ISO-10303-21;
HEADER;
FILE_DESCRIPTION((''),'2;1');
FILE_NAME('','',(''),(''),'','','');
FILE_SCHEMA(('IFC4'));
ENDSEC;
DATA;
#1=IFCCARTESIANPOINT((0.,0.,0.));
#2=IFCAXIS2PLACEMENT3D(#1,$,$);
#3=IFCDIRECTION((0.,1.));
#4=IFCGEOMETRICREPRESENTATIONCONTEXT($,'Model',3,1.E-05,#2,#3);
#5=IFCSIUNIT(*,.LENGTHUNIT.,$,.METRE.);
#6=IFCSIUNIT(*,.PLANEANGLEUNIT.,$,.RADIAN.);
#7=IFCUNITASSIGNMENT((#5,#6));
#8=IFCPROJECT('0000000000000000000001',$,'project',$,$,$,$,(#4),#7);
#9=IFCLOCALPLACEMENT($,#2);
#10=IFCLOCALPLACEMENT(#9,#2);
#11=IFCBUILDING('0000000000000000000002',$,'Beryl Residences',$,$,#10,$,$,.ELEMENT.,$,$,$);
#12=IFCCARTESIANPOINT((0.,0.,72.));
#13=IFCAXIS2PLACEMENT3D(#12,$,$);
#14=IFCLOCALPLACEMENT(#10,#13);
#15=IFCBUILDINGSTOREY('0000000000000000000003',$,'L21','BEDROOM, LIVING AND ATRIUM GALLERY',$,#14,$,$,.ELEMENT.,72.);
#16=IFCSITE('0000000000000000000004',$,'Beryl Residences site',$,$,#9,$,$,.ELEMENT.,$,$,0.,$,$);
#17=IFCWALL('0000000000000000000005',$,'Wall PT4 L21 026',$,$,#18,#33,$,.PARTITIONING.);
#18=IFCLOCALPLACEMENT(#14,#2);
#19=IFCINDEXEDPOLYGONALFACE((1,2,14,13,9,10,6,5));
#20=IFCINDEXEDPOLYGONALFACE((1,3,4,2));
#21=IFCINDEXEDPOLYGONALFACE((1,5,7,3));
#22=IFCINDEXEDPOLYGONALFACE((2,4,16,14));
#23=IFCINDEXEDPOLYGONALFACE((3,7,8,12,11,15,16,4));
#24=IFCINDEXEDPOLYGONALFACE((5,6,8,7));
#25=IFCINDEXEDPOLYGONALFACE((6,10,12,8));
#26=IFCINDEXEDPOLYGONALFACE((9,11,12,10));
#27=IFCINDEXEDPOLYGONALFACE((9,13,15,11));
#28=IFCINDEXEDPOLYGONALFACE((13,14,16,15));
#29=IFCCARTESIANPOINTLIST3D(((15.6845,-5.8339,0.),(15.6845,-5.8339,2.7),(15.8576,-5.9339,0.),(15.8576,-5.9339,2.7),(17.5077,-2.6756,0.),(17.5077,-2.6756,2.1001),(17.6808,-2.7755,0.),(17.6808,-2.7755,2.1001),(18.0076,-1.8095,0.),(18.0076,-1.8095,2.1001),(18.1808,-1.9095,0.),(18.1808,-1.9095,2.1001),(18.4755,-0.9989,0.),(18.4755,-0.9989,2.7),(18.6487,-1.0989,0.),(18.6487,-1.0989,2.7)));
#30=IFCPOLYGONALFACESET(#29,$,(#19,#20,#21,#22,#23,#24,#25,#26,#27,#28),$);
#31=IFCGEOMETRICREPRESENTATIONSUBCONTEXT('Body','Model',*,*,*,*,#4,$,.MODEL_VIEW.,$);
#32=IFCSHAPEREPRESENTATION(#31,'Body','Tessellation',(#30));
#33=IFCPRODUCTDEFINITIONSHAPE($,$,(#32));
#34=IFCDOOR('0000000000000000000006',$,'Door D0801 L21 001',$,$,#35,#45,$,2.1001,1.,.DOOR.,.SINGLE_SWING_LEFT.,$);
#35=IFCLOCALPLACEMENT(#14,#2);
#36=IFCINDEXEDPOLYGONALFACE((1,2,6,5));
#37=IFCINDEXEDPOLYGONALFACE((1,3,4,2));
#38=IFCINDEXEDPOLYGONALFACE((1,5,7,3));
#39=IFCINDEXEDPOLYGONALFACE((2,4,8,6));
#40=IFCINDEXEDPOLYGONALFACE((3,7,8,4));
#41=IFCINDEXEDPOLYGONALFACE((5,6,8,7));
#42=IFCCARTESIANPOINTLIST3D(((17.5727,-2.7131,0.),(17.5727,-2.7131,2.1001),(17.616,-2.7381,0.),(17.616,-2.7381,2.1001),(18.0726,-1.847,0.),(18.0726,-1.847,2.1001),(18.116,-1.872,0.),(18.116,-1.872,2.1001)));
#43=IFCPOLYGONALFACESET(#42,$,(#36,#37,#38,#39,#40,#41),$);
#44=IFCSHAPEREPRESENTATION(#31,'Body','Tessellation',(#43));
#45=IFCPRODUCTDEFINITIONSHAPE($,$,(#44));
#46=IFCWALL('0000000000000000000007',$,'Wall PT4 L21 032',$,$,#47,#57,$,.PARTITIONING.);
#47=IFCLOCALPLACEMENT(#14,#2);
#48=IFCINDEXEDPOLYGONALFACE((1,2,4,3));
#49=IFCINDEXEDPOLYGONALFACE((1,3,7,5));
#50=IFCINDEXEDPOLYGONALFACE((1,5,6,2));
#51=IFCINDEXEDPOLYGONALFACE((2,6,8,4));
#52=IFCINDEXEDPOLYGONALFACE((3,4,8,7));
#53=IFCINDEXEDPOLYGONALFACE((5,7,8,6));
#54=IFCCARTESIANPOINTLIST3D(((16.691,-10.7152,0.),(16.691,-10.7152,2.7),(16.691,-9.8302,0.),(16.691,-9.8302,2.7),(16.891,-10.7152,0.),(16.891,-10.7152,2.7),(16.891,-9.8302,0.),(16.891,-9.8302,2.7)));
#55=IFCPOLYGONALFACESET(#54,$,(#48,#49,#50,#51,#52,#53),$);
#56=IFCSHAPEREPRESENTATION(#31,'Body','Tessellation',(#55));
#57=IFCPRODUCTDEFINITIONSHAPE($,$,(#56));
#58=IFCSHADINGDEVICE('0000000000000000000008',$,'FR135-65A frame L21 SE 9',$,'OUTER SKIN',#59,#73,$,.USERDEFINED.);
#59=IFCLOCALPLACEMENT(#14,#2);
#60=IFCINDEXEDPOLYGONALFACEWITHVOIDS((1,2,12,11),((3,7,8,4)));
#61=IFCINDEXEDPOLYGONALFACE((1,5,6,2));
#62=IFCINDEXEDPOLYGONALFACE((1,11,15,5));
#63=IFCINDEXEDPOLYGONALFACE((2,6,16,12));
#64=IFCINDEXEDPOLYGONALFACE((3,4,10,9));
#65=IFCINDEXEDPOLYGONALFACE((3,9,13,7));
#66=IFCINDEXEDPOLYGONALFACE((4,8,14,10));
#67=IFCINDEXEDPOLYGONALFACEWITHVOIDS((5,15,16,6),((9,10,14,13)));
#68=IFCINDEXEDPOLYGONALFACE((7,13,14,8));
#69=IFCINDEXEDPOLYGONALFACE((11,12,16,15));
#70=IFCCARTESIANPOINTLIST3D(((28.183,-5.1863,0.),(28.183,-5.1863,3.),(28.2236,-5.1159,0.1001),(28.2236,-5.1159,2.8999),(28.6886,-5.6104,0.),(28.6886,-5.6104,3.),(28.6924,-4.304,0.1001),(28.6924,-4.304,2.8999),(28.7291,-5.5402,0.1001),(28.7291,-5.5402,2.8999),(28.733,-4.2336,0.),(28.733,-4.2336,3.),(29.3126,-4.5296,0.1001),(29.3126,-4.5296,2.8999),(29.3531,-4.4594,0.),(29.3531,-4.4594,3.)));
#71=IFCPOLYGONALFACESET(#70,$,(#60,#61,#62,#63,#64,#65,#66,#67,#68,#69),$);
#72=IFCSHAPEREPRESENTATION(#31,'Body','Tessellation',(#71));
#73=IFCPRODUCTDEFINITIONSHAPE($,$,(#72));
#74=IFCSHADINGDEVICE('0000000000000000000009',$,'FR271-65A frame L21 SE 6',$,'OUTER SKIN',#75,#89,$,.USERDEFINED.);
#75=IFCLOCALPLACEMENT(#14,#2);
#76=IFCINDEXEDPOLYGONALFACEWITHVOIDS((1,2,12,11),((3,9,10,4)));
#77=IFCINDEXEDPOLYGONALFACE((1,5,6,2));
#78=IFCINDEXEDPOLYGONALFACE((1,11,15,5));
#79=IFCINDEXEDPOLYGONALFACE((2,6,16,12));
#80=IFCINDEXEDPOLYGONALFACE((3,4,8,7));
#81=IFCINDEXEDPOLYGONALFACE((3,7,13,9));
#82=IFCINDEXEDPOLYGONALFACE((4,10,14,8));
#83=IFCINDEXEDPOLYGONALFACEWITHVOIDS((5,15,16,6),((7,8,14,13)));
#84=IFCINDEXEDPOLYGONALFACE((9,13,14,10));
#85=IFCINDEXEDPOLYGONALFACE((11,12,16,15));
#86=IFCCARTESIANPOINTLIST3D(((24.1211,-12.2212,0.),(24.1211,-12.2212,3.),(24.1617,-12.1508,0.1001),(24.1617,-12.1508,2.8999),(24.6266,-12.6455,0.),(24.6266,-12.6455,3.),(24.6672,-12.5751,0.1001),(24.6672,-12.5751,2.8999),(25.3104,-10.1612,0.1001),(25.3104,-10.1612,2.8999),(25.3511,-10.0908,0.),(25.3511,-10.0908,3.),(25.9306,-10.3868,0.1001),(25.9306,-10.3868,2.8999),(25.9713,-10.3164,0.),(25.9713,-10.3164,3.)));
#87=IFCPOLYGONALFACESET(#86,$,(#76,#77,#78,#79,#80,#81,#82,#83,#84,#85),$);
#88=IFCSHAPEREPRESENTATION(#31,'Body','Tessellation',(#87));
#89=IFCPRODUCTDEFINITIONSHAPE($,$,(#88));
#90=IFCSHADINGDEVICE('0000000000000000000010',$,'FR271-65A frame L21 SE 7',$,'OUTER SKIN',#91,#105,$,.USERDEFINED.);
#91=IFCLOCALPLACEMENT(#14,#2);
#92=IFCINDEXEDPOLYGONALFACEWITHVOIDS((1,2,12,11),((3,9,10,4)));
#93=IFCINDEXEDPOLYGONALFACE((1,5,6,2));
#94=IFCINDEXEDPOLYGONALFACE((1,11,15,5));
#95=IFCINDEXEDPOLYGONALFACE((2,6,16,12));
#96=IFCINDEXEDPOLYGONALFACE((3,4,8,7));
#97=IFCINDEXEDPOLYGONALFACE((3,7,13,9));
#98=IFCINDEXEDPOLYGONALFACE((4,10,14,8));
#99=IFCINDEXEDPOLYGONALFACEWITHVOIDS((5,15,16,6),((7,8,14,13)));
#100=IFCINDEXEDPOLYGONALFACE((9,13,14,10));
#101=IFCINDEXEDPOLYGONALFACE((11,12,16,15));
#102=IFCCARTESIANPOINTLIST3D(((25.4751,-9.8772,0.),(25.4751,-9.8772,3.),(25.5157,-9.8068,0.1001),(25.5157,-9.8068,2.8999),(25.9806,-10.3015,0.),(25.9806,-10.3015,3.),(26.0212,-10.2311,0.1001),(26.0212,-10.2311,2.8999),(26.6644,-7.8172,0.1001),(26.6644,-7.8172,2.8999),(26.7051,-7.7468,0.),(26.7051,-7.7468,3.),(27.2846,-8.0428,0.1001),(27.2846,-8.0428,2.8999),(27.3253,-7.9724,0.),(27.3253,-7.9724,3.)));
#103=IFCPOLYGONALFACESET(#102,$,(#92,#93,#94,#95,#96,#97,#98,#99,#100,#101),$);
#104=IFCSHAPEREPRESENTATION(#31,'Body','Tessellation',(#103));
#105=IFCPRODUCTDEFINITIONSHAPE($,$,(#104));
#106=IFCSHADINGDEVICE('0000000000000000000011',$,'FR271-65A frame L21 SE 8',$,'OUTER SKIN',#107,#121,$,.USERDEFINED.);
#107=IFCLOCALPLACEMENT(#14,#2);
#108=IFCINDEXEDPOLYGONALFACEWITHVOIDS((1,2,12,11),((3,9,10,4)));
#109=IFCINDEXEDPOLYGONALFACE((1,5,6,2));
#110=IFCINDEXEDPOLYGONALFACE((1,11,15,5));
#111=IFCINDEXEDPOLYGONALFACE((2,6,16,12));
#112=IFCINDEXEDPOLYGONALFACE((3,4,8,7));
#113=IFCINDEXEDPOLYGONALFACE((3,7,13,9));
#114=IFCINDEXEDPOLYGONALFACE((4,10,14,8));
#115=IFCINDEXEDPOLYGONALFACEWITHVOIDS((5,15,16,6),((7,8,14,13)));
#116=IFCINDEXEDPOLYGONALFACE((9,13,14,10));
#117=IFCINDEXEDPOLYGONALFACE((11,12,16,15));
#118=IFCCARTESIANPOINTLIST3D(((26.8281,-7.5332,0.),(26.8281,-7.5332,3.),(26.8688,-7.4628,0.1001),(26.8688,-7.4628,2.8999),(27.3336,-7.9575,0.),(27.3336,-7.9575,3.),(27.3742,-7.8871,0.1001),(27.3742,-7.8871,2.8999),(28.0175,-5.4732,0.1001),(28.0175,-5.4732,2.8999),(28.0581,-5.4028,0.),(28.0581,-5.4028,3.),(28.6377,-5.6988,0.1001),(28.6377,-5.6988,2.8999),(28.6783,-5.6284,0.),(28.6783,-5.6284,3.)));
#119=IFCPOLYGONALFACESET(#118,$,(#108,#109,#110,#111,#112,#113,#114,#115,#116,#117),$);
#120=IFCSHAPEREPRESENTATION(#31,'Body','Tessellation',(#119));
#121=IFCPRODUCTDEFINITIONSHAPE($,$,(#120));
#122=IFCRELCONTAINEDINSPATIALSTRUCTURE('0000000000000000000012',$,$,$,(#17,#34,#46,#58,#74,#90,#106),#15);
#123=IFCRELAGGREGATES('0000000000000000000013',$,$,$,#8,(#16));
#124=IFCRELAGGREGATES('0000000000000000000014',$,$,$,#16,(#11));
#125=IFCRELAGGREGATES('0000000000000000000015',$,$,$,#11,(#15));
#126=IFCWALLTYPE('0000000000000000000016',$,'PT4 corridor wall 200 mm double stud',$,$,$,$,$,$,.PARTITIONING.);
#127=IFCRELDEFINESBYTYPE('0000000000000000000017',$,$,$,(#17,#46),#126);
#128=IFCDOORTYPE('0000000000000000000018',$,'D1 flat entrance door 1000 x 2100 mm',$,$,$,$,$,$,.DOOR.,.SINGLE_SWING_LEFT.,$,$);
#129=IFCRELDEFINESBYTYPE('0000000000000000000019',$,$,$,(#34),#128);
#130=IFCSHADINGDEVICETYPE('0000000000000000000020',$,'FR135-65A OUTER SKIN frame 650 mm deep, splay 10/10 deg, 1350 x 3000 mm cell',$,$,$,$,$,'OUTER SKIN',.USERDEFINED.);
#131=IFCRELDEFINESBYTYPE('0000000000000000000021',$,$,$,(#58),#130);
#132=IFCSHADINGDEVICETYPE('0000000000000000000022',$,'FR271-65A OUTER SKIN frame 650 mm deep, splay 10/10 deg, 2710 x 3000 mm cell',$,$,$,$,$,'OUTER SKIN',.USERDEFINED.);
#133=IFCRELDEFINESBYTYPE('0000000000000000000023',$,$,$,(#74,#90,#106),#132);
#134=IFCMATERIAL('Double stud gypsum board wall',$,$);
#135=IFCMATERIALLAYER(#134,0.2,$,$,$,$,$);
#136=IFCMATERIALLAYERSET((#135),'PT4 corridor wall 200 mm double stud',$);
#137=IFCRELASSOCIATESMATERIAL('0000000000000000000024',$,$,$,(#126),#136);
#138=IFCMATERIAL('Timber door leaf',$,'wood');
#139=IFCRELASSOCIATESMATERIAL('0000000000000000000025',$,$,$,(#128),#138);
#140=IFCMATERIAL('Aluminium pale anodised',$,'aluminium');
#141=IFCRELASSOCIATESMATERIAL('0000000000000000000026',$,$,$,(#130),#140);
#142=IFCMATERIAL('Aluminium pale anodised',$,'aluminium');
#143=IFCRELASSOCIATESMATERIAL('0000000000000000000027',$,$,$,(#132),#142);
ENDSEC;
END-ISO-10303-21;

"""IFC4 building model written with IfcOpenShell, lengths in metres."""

from ifc_helpers import new_model, entity, si_unit, direction, frame, frame_2d, origin, place, context, subcontext, project, spatial, rectangle, extrude, source, transform, mapped, material, layer, layer_set, type_object, type_shapes, element, fill, save


model = new_model("IFC4")

# Units and contexts
model_context = context("Model", 3, precision=1e-05, world=origin(), true_north=direction((0.0, 1.0)))
body_context = subcontext(model_context, "Body", "Model", "MODEL_VIEW")
ifc_project = project(units=[si_unit("LENGTHUNIT", "METRE"), si_unit("PLANEANGLEUNIT", "RADIAN")], contexts=[model_context])

# Site, building, storey
site_placement = place(None, origin())
site = spatial("IfcSite", under=ifc_project, at=site_placement, Name="Beryl Residences site", CompositionType="ELEMENT", RefElevation=0.0)
building_placement = place(site_placement, origin())
building = spatial("IfcBuilding", under=site, at=building_placement, Name="Beryl Residences", CompositionType="ELEMENT")
storey_placement = place(building_placement, frame((0.0, 0.0, 72.0)))
storey = spatial("IfcBuildingStorey", under=building, at=storey_placement, Name="L21", Description="BEDROOM, LIVING AND ATRIUM GALLERY", CompositionType="ELEMENT", Elevation=72.0)

# Shared definitions
ifc_material_1 = material(Name="Double stud gypsum board wall")
ifc_layer_1 = layer(ifc_material_1, 0.2)
ifc_layer_set_1 = layer_set([ifc_layer_1], Name="PT4 corridor wall 200 mm double stud")
wall_type_1 = type_object("IfcWallType", Name="PT4 corridor wall 200 mm double stud", PredefinedType="PARTITIONING", material=ifc_layer_set_1)

# Wall, opening, door
wall_1_placement = place(storey_placement, frame((15.771, -5.884, 0.0), z_axis=(0.0, 0.0, 1.0), x_axis=(0.499939, 0.86606, 0.0)))
wall_1 = element("IfcWall", 1, at=wall_1_placement, inside=storey, type_object=wall_type_1, Name="Wall PT4 L21 026", PredefinedType="PARTITIONING", context=body_context, shape_type="SweptSolid", body=[
    extrude(rectangle(XDim=5.5828, YDim=0.2, at=frame_2d((2.7915, 0.0))), origin(), (0.0, 0.0, 1.0), 2.7),
])
opening_1_placement = place(wall_1_placement, frame((3.647, 0.0, 0.0)))
opening_1 = element("IfcOpeningElement", 2, at=opening_1_placement, cuts=wall_1, PredefinedType="OPENING", context=body_context, shape_type="SweptSolid", body=[
    extrude(rectangle(XDim=1.0, YDim=2.1001, at=frame_2d((0.5, 1.05))), frame((0.0, 0.1099, 0.0), z_axis=(0.0, -1.0, 0.0), x_axis=(1.0, 0.0, 0.0)), (0.0, 0.0, 1.0), 0.22),
])
ifc_material_2 = material(Name="Timber door leaf", Category="wood")
door_type_1 = type_object("IfcDoorType", Name="D1 flat entrance door 1000 x 2100 mm", OperationType="SINGLE_SWING_LEFT", PredefinedType="DOOR", material=ifc_material_2)
door_1_placement = place(opening_1_placement, origin())
door_1 = element("IfcDoor", 3, at=door_1_placement, inside=storey, type_object=door_type_1, Name="Door D0801 L21 001", OperationType="SINGLE_SWING_LEFT", OverallHeight=2.1001, OverallWidth=1.0, PredefinedType="DOOR", context=body_context, shape_type="SweptSolid", body=[
    extrude(rectangle(XDim=1.0, YDim=2.1001, at=frame_2d((0.5, 1.05))), frame((0.0, 0.0249, 0.0), z_axis=(0.0, -1.0, 0.0), x_axis=(1.0, 0.0, 0.0)), (0.0, 0.0, 1.0), 0.05),
])
fill(opening_1, door_1)

# Wall
wall_2_placement = place(storey_placement, frame((16.791, -10.7151, 0.0), z_axis=(0.0, 0.0, 1.0), x_axis=(0.0, 1.0, 0.0)))
element("IfcWall", 4, at=wall_2_placement, inside=storey, type_object=wall_type_1, Name="Wall PT4 L21 032", PredefinedType="PARTITIONING", context=body_context, shape_type="SweptSolid", body=[
    extrude(rectangle(XDim=0.885, YDim=0.2, at=frame_2d((0.4424, 0.0))), origin(), (0.0, 0.0, 1.0), 2.7),
])

# Shading devices
ifc_material_3 = material(Name="Aluminium pale anodised", Category="aluminium")
shading_device_type_1 = type_object("IfcShadingDeviceType", Name="FR135-65A OUTER SKIN frame 650 mm deep, splay 10/10 deg, 1350 x 3000 mm cell", ElementType="OUTER SKIN", PredefinedType="USERDEFINED", material=ifc_material_3)
cartesian_point_1 = entity("IfcCartesianPoint", [-0.55, 0.0])
cartesian_point_2 = entity("IfcCartesianPoint", [-0.4688, 0.1001])
cartesian_point_3 = entity("IfcCartesianPoint", [-0.6646, 0.0])
cartesian_point_4 = entity("IfcCartesianPoint", [-0.5835, 0.1001])
shared_shape_1 = source(origin(), body_context, "Body", "SweptSolid", [
    entity("IfcExtrudedAreaSolidTapered", entity("IfcArbitraryProfileDefWithVoids", "AREA", None, entity("IfcPolyline", [cartesian_point_1, entity("IfcCartesianPoint", [0.55, 0.0]), entity("IfcCartesianPoint", [0.55, 3.0]), entity("IfcCartesianPoint", [-0.55, 3.0]), cartesian_point_1]), [entity("IfcPolyline", [cartesian_point_2, entity("IfcCartesianPoint", [0.4688, 0.1001]), entity("IfcCartesianPoint", [0.4688, 2.8999]), entity("IfcCartesianPoint", [-0.4688, 2.8999]), cartesian_point_2])]), entity("IfcAxis2Placement3D", entity("IfcCartesianPoint", [0.0, 0.0, 0.0]), entity("IfcDirection", [0.0, 1.0, 0.0]), entity("IfcDirection", [-1.0, 0.0, 0.0])), entity("IfcDirection", [0.0, 0.0, 1.0]), 0.6499, entity("IfcArbitraryProfileDefWithVoids", "AREA", None, entity("IfcPolyline", [cartesian_point_3, entity("IfcCartesianPoint", [0.6646, 0.0]), entity("IfcCartesianPoint", [0.6646, 3.0]), entity("IfcCartesianPoint", [-0.6646, 3.0]), cartesian_point_3]), [entity("IfcPolyline", [cartesian_point_4, entity("IfcCartesianPoint", [0.5835, 0.1001]), entity("IfcCartesianPoint", [0.5835, 2.8999]), entity("IfcCartesianPoint", [-0.5835, 2.8999]), cartesian_point_4])])),
])
type_shapes(shading_device_type_1, [shared_shape_1])
shading_device_placement = place(storey_placement, frame((28.458, -4.71, 0.0), z_axis=(0.0, 0.0, 1.0), x_axis=(-0.5, -0.866025, 0.0)))
element("IfcShadingDevice", 5, at=shading_device_placement, inside=storey, type_object=shading_device_type_1, Name="FR135-65A frame L21 SE 9", ObjectType="OUTER SKIN", PredefinedType="USERDEFINED", context=body_context, shape_type="MappedRepresentation", body=[
    mapped(shared_shape_1, transform((0.0, 0.0, 0.0))),
])
ifc_material_4 = material(Name="Aluminium pale anodised", Category="aluminium")
shading_device_type_2 = type_object("IfcShadingDeviceType", Name="FR271-65A OUTER SKIN frame 650 mm deep, splay 10/10 deg, 2710 x 3000 mm cell", ElementType="OUTER SKIN", PredefinedType="USERDEFINED", material=ifc_material_4)
cartesian_point_5 = entity("IfcCartesianPoint", [-1.23, 0.0])
cartesian_point_6 = entity("IfcCartesianPoint", [-1.1487, 0.1001])
cartesian_point_7 = entity("IfcCartesianPoint", [-1.3447, 0.0])
cartesian_point_8 = entity("IfcCartesianPoint", [-1.2634, 0.1001])
shared_shape_2 = source(origin(), body_context, "Body", "SweptSolid", [
    entity("IfcExtrudedAreaSolidTapered", entity("IfcArbitraryProfileDefWithVoids", "AREA", None, entity("IfcPolyline", [cartesian_point_5, entity("IfcCartesianPoint", [1.23, 0.0]), entity("IfcCartesianPoint", [1.23, 3.0]), entity("IfcCartesianPoint", [-1.23, 3.0]), cartesian_point_5]), [entity("IfcPolyline", [cartesian_point_6, entity("IfcCartesianPoint", [1.1487, 0.1001]), entity("IfcCartesianPoint", [1.1487, 2.8999]), entity("IfcCartesianPoint", [-1.1487, 2.8999]), cartesian_point_6])]), entity("IfcAxis2Placement3D", entity("IfcCartesianPoint", [0.0, 0.0, 0.0]), entity("IfcDirection", [0.0, 1.0, 0.0]), entity("IfcDirection", [-1.0, 0.0, 0.0])), entity("IfcDirection", [0.0, 0.0, 1.0]), 0.6499, entity("IfcArbitraryProfileDefWithVoids", "AREA", None, entity("IfcPolyline", [cartesian_point_7, entity("IfcCartesianPoint", [1.3447, 0.0]), entity("IfcCartesianPoint", [1.3447, 3.0]), entity("IfcCartesianPoint", [-1.3447, 3.0]), cartesian_point_7]), [entity("IfcPolyline", [cartesian_point_8, entity("IfcCartesianPoint", [1.2634, 0.1001]), entity("IfcCartesianPoint", [1.2634, 2.8999]), entity("IfcCartesianPoint", [-1.2634, 2.8999]), cartesian_point_8])])),
])
type_shapes(shading_device_type_2, [shared_shape_2])
for number, where, z_axis, x_axis, name in (
    (6, (24.7361, -11.156, 0.0), (0.0, 0.0, 1.0), (-0.5, -0.866025, 0.0), "FR271-65A frame L21 SE 6"),
    (7, (26.0901, -8.812, 0.0), (0.0, 0.0, 1.0), (-0.5, -0.866025, 0.0), "FR271-65A frame L21 SE 7"),
    (8, (27.4431, -6.468, 0.0), (0.0, 0.0, 1.0), (-0.5, -0.866025, 0.0), "FR271-65A frame L21 SE 8"),
):
    element("IfcShadingDevice", number, at=place(storey_placement, frame(where, z_axis=z_axis, x_axis=x_axis)), inside=storey, type_object=shading_device_type_2, Name=name, ObjectType="OUTER SKIN", PredefinedType="USERDEFINED", context=body_context, shape_type="MappedRepresentation", body=[
        mapped(shared_shape_2, transform((0.0, 0.0, 0.0))),
    ])

save(model, "model.ifc")
